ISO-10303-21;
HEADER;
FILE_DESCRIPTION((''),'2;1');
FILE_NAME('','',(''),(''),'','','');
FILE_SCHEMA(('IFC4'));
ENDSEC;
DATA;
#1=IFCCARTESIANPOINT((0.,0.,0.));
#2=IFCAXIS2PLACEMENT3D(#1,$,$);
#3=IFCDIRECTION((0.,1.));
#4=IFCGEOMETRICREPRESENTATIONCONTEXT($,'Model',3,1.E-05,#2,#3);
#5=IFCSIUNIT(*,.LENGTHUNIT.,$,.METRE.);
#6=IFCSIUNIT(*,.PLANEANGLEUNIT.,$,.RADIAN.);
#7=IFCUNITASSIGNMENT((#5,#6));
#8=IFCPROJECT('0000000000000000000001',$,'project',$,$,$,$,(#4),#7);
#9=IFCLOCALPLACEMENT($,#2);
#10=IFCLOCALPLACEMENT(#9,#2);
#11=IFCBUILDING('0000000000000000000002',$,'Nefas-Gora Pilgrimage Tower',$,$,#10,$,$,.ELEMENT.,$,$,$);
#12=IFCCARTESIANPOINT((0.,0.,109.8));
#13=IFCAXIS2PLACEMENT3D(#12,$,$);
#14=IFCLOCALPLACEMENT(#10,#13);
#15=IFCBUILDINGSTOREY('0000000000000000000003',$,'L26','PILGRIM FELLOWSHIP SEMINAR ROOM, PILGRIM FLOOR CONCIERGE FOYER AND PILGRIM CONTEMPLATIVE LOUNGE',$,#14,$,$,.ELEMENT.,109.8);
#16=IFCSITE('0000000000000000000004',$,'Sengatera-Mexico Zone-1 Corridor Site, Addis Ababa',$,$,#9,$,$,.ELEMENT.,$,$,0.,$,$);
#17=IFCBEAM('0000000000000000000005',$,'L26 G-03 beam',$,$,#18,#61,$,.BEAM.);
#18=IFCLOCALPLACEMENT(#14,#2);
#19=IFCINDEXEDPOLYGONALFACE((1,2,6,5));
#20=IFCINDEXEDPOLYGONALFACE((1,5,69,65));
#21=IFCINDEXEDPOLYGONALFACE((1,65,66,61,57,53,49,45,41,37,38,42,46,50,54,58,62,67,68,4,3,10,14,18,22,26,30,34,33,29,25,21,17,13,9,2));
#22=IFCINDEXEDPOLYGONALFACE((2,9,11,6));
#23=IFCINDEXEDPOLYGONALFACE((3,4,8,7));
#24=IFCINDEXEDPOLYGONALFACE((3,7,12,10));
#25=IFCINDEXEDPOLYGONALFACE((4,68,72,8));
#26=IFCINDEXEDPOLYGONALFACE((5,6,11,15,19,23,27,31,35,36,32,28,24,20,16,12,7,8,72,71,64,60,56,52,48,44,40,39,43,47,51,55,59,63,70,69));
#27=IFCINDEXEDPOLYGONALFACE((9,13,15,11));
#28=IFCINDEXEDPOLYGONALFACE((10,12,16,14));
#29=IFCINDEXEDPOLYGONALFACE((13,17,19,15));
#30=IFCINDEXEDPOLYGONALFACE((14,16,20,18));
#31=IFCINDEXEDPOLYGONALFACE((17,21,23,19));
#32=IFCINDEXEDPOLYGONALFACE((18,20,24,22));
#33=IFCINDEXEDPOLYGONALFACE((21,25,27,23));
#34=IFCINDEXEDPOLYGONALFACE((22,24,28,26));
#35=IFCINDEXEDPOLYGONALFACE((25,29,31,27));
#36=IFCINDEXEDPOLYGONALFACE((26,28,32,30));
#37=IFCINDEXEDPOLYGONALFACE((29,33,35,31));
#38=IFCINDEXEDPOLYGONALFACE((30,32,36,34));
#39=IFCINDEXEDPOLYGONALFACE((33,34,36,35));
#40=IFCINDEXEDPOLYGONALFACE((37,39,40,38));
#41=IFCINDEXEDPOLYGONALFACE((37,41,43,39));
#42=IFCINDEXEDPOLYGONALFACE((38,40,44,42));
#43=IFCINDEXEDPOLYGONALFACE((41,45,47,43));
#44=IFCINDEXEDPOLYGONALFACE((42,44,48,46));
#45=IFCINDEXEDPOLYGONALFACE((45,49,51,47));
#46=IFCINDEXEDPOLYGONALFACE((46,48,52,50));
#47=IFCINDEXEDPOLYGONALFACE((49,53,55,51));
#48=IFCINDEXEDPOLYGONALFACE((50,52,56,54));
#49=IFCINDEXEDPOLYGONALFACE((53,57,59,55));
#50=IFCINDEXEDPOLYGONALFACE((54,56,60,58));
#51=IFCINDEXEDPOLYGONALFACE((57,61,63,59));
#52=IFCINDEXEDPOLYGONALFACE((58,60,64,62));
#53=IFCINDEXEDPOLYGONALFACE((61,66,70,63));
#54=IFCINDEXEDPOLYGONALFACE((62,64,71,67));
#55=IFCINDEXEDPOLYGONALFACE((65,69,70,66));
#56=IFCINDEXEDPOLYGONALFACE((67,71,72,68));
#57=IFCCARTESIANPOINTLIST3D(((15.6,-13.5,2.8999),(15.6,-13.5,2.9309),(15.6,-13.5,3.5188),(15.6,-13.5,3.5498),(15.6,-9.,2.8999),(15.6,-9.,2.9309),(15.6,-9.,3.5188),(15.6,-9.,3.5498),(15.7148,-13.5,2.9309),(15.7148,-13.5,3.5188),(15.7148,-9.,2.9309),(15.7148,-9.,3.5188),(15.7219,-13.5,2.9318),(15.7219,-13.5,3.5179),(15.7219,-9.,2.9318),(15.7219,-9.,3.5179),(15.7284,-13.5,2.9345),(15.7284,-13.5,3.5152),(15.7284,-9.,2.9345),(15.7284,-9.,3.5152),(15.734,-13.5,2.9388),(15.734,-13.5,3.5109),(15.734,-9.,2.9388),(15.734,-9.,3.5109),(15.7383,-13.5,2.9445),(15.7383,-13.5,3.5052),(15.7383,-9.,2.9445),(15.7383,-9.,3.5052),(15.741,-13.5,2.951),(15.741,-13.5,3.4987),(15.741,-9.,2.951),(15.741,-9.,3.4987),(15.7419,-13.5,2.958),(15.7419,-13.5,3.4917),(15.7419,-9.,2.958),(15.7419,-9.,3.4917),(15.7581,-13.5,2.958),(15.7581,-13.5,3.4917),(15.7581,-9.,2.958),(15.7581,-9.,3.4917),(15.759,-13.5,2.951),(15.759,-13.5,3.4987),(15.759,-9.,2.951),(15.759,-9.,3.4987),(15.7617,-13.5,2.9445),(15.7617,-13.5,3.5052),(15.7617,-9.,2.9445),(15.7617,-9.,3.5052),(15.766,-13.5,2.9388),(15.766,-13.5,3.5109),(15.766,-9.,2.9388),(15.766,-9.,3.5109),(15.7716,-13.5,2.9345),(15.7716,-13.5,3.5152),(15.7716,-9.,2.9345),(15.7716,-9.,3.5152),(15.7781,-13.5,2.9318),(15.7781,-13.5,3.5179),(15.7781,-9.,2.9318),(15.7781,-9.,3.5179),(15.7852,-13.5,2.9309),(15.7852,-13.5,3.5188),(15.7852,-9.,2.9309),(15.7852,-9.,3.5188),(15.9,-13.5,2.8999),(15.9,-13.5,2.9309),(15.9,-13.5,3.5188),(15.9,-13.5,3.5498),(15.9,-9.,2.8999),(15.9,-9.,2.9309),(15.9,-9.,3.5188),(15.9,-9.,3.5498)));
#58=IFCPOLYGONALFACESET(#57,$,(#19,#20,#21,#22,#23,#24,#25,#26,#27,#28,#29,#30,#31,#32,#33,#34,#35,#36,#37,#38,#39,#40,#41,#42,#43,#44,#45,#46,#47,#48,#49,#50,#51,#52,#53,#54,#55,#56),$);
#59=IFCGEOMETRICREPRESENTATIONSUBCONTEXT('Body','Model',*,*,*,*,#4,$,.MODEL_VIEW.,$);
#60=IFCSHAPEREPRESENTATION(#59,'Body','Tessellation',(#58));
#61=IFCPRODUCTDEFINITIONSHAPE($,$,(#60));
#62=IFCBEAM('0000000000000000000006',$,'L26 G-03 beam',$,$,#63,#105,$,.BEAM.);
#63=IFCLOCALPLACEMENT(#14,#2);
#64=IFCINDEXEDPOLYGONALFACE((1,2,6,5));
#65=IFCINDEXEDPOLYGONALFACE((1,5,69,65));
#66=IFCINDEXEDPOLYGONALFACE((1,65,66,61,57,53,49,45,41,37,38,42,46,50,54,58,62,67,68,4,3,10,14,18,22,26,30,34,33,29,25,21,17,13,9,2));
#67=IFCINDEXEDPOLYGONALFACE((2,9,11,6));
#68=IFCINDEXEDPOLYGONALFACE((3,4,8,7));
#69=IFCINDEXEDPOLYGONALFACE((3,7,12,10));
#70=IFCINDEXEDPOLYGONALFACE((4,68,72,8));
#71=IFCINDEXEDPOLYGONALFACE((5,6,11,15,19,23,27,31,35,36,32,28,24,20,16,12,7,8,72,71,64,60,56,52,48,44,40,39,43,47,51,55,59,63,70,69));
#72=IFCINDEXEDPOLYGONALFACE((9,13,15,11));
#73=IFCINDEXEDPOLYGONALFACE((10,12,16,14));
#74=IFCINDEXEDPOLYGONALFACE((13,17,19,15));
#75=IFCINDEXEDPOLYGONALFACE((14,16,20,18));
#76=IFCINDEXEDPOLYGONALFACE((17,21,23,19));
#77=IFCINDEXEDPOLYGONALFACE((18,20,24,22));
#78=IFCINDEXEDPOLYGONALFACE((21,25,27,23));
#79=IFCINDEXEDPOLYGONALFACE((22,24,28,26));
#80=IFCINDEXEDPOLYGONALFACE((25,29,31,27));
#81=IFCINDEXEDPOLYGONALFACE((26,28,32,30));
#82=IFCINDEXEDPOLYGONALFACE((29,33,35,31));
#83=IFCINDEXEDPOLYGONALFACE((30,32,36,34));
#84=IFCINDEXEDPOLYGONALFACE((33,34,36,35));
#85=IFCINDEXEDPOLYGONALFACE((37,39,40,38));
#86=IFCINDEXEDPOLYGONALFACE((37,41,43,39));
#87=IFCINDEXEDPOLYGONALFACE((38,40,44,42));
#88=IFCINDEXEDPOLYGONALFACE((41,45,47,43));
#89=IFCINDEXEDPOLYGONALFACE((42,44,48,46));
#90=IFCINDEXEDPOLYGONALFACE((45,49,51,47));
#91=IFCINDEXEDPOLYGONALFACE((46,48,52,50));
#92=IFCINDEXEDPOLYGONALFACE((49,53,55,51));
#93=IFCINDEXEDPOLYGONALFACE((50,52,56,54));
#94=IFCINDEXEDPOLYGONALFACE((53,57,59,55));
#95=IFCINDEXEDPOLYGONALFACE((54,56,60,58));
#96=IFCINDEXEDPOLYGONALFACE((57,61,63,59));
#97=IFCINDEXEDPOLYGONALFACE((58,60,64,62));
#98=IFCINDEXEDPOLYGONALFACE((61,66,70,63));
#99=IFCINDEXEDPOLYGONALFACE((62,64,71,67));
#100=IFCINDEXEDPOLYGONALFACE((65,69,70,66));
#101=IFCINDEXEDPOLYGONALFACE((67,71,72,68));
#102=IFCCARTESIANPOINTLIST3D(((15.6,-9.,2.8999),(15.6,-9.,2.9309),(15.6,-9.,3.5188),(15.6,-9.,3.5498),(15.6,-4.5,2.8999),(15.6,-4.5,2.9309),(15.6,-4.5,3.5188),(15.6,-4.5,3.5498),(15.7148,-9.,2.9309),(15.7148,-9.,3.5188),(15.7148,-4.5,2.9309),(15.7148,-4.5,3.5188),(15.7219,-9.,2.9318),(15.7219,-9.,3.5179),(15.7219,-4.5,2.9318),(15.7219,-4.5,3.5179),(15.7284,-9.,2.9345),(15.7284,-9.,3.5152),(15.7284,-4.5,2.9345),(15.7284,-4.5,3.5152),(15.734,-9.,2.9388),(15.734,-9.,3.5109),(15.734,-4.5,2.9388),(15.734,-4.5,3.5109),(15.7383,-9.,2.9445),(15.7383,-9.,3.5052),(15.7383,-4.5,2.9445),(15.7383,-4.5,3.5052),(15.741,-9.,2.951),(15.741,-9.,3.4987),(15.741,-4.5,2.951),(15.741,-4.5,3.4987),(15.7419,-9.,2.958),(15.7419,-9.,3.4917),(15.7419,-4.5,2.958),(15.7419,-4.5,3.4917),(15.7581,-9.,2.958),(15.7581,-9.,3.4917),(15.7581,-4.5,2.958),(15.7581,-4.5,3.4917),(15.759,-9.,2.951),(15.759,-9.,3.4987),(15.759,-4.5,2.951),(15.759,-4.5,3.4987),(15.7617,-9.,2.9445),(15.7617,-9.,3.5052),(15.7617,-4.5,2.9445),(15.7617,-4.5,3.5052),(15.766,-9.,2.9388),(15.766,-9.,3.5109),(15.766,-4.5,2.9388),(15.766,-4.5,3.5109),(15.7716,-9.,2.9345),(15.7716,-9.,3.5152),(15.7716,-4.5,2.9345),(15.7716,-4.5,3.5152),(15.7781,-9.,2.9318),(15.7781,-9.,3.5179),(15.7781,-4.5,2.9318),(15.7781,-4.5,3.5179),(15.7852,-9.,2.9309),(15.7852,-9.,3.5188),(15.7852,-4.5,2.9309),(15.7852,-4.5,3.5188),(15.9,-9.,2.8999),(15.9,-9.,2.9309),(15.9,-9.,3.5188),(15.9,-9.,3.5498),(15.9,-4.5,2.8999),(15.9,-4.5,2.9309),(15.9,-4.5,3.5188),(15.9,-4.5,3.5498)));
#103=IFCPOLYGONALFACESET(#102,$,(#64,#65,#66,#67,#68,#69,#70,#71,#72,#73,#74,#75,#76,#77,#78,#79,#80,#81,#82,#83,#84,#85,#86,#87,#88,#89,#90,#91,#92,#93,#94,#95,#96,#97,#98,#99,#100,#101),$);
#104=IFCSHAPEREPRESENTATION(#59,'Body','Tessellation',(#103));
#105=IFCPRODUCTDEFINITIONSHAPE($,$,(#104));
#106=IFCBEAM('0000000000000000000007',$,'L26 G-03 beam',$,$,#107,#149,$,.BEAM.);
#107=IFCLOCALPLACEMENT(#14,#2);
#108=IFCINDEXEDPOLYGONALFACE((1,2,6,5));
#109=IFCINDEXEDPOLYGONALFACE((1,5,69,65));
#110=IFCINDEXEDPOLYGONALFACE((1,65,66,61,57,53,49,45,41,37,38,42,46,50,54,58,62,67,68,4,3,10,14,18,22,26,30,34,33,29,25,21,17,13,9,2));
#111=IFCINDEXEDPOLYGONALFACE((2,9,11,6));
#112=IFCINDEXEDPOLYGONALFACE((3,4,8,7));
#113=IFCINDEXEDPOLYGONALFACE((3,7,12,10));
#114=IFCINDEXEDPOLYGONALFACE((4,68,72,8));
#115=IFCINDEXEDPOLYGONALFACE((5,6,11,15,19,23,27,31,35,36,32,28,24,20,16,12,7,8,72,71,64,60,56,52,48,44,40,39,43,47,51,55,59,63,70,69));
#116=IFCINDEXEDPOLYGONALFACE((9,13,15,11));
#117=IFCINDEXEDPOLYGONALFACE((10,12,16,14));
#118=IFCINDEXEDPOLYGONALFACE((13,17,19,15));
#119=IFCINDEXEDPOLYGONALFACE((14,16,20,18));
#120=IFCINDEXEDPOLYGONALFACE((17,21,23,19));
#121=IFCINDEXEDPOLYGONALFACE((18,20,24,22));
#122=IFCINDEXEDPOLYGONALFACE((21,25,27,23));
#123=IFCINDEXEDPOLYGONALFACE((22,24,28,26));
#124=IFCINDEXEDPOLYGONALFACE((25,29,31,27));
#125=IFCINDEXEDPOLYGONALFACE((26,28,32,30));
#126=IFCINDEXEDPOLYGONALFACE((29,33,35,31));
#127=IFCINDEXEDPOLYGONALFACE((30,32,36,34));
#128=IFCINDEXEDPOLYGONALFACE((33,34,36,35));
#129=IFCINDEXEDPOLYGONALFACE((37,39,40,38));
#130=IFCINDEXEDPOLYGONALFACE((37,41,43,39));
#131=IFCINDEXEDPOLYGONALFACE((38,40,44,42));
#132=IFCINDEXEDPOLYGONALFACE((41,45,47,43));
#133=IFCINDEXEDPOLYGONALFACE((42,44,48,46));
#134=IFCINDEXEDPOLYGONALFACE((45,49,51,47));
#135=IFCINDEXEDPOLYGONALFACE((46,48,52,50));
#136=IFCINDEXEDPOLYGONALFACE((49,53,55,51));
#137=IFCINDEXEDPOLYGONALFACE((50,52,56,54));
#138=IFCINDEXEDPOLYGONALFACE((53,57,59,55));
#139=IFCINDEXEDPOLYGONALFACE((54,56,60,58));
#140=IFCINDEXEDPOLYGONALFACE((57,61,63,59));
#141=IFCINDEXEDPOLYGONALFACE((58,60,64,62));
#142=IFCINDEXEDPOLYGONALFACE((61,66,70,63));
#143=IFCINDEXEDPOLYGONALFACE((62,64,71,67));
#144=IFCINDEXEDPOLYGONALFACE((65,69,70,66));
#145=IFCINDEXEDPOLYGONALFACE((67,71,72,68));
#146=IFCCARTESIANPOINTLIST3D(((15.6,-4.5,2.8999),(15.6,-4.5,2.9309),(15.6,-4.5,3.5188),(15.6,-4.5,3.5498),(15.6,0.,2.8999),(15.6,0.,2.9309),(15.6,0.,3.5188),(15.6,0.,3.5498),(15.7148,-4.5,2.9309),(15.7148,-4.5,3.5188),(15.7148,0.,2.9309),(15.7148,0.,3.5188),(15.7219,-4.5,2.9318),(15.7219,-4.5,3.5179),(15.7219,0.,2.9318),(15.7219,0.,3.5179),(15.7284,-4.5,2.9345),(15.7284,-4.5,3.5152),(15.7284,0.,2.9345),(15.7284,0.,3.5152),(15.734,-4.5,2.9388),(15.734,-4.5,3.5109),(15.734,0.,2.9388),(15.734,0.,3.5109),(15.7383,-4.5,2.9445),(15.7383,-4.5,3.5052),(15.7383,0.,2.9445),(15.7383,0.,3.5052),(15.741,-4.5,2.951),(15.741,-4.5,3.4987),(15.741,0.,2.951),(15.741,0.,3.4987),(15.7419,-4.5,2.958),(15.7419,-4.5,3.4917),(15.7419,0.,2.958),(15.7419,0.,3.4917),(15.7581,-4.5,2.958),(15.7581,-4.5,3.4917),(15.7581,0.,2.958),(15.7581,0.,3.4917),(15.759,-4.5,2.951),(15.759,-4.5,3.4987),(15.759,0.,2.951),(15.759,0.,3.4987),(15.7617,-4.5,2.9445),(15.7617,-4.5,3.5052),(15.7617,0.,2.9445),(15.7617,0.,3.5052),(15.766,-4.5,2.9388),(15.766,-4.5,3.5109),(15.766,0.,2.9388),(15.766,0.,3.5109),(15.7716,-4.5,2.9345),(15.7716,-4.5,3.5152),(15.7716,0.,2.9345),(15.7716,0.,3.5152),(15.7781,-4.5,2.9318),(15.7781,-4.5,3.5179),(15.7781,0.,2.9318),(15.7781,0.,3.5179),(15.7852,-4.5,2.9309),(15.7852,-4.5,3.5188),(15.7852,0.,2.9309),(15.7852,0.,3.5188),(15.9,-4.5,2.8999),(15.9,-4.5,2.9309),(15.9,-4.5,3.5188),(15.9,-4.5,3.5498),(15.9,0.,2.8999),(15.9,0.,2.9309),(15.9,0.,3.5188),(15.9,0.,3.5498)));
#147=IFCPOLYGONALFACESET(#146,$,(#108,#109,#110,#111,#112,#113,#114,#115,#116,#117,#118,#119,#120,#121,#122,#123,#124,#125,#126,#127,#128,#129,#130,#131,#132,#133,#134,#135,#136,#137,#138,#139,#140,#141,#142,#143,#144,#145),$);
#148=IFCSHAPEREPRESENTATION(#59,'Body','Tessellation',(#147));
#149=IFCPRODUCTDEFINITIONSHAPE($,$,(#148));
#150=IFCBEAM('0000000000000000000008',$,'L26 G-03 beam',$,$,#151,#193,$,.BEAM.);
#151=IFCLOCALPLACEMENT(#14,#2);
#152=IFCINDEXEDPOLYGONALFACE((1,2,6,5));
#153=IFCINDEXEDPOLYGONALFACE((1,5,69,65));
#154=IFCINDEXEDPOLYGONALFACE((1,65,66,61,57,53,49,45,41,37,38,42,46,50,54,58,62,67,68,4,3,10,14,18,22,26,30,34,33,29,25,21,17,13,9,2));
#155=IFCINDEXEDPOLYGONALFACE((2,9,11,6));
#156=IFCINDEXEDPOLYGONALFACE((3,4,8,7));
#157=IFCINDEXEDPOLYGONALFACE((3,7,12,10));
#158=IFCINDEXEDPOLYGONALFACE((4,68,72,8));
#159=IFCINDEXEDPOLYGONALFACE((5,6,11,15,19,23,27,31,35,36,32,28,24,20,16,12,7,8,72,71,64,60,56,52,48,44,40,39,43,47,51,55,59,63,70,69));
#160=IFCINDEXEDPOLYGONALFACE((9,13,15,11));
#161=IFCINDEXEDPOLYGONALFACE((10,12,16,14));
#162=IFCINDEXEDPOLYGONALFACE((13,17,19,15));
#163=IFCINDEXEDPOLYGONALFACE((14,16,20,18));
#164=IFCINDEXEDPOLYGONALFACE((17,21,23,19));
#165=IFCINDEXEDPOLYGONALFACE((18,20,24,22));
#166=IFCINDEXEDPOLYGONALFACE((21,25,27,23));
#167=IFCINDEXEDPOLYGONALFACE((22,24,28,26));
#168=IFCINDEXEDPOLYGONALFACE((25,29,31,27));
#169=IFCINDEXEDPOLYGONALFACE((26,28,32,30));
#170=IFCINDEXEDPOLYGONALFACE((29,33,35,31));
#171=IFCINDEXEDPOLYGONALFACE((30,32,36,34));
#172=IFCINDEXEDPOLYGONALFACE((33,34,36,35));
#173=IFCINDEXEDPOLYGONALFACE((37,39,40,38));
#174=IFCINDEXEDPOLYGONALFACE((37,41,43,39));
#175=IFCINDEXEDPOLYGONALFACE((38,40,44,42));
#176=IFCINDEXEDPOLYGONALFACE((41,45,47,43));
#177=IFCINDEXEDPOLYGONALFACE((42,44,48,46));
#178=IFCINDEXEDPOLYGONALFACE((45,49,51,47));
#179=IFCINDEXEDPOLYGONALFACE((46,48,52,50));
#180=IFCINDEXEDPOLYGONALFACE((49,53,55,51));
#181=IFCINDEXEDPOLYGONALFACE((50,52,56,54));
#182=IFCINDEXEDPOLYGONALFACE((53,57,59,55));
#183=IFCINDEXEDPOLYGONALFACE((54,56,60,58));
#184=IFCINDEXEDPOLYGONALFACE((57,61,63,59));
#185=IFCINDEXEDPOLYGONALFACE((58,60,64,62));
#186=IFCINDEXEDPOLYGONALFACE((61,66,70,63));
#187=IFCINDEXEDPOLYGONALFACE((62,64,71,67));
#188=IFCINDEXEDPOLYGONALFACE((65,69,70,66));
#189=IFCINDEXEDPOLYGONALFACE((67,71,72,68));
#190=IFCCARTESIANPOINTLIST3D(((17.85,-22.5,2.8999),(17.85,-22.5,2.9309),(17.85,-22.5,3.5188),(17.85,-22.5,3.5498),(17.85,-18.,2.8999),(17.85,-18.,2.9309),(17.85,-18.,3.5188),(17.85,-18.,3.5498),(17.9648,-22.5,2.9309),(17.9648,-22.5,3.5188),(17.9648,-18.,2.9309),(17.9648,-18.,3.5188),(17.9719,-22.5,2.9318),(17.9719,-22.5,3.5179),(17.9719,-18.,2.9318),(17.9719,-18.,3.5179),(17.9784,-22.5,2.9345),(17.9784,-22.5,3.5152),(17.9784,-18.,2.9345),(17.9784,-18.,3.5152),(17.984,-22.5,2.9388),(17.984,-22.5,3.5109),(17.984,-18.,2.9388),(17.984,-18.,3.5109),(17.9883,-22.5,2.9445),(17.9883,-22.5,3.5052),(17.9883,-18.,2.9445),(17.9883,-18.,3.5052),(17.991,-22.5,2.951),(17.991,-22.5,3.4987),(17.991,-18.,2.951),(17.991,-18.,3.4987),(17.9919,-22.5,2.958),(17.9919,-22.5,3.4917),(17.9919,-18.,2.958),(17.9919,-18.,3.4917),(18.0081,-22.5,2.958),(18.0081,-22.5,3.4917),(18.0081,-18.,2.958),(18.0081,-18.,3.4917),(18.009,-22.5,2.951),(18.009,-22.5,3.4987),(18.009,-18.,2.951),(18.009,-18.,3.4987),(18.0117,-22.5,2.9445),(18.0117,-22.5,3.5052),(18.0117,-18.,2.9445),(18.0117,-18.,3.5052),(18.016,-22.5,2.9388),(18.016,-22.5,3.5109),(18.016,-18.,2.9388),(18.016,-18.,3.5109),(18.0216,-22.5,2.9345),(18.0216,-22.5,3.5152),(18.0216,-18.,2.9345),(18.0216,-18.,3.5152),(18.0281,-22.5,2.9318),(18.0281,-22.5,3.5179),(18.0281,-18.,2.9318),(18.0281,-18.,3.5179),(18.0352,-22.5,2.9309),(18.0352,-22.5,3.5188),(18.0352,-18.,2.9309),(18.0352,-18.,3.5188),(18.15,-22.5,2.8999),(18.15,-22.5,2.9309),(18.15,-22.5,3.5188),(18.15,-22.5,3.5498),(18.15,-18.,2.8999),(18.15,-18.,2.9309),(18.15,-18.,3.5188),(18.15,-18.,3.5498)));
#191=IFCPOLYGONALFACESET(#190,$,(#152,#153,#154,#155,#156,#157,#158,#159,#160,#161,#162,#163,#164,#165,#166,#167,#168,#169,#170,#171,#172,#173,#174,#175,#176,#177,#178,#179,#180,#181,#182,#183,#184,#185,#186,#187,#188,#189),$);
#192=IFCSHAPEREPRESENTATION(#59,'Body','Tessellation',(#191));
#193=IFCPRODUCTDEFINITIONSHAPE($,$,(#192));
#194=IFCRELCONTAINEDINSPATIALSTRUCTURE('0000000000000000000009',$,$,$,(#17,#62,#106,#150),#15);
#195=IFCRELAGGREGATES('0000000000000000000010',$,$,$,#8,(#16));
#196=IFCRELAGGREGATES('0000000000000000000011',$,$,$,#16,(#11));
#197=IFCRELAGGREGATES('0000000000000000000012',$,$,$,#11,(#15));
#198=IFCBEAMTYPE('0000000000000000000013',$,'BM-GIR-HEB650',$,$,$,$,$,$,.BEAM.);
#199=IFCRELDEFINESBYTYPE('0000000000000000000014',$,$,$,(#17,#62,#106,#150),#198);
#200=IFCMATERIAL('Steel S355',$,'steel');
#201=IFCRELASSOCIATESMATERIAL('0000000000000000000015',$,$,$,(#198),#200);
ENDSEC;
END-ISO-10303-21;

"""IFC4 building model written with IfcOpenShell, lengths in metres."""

from ifc_helpers import new_model, si_unit, direction, frame, origin, origin_2d, place, context, subcontext, project, spatial, i_section, extrude, source, transform, mapped, material, material_profile, profile_set, type_object, element, save


model = new_model("IFC4")

# Units and contexts
model_context = context("Model", 3, precision=1e-05, world=origin(), true_north=direction((0.0, 1.0)))
body_context = subcontext(model_context, "Body", "Model", "MODEL_VIEW")
ifc_project = project(units=[si_unit("LENGTHUNIT", "METRE"), si_unit("PLANEANGLEUNIT", "RADIAN")], contexts=[model_context])

# Site, building, storey
site_placement = place(None, origin())
site = spatial("IfcSite", under=ifc_project, at=site_placement, Name="Sengatera-Mexico Zone-1 Corridor Site, Addis Ababa", CompositionType="ELEMENT", RefElevation=0.0)
building_placement = place(site_placement, origin())
building = spatial("IfcBuilding", under=site, at=building_placement, Name="Nefas-Gora Pilgrimage Tower", CompositionType="ELEMENT")
storey_placement = place(building_placement, frame((0.0, 0.0, 109.8)))
storey = spatial("IfcBuildingStorey", under=building, at=storey_placement, Name="L26", Description="PILGRIM FELLOWSHIP SEMINAR ROOM, PILGRIM FLOOR CONCIERGE FOYER AND PILGRIM CONTEMPLATIVE LOUNGE", CompositionType="ELEMENT", Elevation=109.8)

# Beams
ifc_material_1 = material(Name="Steel S355", Category="steel")
ifc_material_profile_1 = material_profile(ifc_material_1, i_section(OverallWidth=0.3, OverallDepth=0.6499, WebThickness=0.0161, FlangeThickness=0.031, FilletRadius=0.0271, at=origin_2d()), Name="HEB 650")
ifc_profile_set_1 = profile_set([ifc_material_profile_1], Name="Steel S355")
beam_type_1 = type_object("IfcBeamType", Name="BM-GIR-HEB650", PredefinedType="BEAM", material=ifc_profile_set_1)
shared_shape_1 = source(origin(), body_context, "Body", "SweptSolid", [
    extrude(i_section(OverallWidth=0.3, OverallDepth=0.6499, WebThickness=0.0161, FlangeThickness=0.031, FilletRadius=0.0271, at=origin_2d()), origin(), (0.0, 0.0, 1.0), 4.5),
])
for number, where, z_axis, x_axis, name in (
    (1, (15.75, -13.5, 3.2249), (0.0, 1.0, 0.0), (-1.0, 0.0, 0.0), "L26 G-03 beam"),
    (2, (15.75, -9.0, 3.2249), (0.0, 1.0, 0.0), (-1.0, 0.0, 0.0), "L26 G-03 beam"),
    (3, (15.75, -4.5, 3.2249), (0.0, 1.0, 0.0), (-1.0, 0.0, 0.0), "L26 G-03 beam"),
    (4, (18.0, -22.5, 3.2249), (0.0, 1.0, 0.0), (-1.0, 0.0, 0.0), "L26 G-03 beam"),
):
    element("IfcBeam", number, at=place(storey_placement, frame(where, z_axis=z_axis, x_axis=x_axis)), inside=storey, type_object=beam_type_1, Name=name, PredefinedType="BEAM", context=body_context, shape_type="MappedRepresentation", body=[
        mapped(shared_shape_1, transform((0.0, 0.0, 0.0), x_axis=(1.0, 0.0, 0.0), y_axis=(0.0, 1.0, 0.0), z_axis=(0.0, 0.0, 1.0), scale=1.0)),
    ])

save(model, "model.ifc")
